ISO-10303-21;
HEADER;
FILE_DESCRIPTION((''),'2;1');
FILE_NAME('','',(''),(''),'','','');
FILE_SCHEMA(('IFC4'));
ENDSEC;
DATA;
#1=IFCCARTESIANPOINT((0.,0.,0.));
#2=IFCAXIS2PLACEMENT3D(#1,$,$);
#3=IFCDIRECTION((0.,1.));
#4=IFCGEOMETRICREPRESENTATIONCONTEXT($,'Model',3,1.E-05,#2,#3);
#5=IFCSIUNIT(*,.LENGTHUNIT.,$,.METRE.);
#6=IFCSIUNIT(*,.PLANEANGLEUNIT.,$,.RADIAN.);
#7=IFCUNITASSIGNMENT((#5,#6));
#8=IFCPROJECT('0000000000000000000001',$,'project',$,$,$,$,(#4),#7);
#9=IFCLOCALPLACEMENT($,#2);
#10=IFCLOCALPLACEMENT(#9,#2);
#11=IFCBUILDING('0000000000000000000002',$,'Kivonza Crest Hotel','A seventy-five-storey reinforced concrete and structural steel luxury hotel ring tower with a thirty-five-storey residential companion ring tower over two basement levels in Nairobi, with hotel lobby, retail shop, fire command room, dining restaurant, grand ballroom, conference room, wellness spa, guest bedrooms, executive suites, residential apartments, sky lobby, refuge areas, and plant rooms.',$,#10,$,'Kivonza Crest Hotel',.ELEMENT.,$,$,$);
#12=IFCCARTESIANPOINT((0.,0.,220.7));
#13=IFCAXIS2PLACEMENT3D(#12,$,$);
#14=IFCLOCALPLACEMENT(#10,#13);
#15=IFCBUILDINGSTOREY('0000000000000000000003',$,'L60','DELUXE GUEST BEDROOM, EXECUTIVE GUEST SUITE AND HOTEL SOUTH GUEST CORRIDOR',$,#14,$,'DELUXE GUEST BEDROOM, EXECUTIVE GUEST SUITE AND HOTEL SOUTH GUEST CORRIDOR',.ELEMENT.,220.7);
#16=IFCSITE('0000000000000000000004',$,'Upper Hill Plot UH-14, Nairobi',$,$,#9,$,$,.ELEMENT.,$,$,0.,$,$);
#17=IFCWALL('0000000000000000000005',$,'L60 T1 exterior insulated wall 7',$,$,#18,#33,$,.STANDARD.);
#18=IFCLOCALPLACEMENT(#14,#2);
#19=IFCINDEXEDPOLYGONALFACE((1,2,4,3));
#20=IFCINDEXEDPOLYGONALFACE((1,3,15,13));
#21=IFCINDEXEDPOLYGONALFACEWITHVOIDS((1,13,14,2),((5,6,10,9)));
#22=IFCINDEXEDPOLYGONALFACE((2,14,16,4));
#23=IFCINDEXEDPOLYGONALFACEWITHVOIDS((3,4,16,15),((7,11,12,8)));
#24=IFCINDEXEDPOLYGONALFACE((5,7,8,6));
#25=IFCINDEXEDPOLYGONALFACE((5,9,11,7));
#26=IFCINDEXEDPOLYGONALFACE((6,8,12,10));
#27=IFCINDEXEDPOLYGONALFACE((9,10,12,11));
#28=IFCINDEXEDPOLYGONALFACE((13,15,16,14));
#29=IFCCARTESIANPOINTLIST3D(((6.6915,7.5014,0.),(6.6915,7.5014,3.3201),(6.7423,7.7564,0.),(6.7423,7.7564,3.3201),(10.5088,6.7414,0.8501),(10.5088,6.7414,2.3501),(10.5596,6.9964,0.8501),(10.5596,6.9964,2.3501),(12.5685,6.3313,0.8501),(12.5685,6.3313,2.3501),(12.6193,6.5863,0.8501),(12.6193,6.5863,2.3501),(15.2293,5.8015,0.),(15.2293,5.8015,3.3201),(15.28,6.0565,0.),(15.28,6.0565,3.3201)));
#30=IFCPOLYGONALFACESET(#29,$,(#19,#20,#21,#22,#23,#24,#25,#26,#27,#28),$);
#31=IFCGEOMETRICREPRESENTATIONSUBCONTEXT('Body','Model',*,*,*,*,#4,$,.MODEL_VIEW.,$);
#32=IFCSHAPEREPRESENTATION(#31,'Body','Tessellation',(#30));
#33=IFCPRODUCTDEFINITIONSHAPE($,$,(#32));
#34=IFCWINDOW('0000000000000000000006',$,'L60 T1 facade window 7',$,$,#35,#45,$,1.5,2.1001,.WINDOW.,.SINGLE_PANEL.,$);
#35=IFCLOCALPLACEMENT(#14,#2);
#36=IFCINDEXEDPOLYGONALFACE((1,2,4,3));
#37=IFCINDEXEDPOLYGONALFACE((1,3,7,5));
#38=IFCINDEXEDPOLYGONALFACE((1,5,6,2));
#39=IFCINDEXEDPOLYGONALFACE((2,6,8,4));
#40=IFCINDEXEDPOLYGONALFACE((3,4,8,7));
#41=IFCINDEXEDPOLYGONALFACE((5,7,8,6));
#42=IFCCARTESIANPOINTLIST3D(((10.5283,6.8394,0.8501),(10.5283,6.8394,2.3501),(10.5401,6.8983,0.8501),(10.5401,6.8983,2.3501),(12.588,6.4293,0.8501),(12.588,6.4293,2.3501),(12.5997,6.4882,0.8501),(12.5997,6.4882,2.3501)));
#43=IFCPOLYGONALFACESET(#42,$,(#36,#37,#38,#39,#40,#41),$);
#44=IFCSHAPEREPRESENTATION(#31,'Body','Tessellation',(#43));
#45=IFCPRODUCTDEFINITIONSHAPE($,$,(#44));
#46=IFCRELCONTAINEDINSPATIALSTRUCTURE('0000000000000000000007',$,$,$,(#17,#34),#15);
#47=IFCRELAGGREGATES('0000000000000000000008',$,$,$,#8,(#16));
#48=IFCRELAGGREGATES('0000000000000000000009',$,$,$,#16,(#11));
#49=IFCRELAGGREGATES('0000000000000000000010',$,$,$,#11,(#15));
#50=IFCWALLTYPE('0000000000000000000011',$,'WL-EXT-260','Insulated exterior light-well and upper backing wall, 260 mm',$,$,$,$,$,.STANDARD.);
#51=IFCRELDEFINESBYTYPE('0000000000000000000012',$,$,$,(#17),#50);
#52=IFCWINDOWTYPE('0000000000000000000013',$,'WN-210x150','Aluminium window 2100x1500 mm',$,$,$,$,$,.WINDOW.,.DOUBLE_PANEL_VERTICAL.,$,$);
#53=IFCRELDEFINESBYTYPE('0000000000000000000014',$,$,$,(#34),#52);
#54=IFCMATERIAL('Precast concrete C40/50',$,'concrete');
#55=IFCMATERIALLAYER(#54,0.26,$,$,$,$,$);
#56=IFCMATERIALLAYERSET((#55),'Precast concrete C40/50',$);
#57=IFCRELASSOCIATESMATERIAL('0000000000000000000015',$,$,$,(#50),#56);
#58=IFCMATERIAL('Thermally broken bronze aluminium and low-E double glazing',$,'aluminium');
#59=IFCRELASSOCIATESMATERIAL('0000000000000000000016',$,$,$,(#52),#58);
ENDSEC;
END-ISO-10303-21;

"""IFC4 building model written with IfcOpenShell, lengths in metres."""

from ifc_helpers import new_model, si_unit, direction, frame, frame_2d, origin, place, context, subcontext, project, spatial, rectangle, extrude, material, layer, layer_set, type_object, element, fill, save


model = new_model("IFC4")

# Units and contexts
model_context = context("Model", 3, precision=1e-05, world=origin(), true_north=direction((0.0, 1.0)))
body_context = subcontext(model_context, "Body", "Model", "MODEL_VIEW")
ifc_project = project(units=[si_unit("LENGTHUNIT", "METRE"), si_unit("PLANEANGLEUNIT", "RADIAN")], contexts=[model_context])

# Site, building, storey
site_placement = place(None, origin())
site = spatial("IfcSite", under=ifc_project, at=site_placement, Name="Upper Hill Plot UH-14, Nairobi", CompositionType="ELEMENT", RefElevation=0.0)
building_placement = place(site_placement, origin())
building = spatial("IfcBuilding", under=site, at=building_placement, Name="Kivonza Crest Hotel", Description="A seventy-five-storey reinforced concrete and structural steel luxury hotel ring tower with a thirty-five-storey residential companion ring tower over two basement levels in Nairobi, with hotel lobby, retail shop, fire command room, dining restaurant, grand ballroom, conference room, wellness spa, guest bedrooms, executive suites, residential apartments, sky lobby, refuge areas, and plant rooms.", LongName="Kivonza Crest Hotel", CompositionType="ELEMENT")
storey_placement = place(building_placement, frame((0.0, 0.0, 220.7)))
storey = spatial("IfcBuildingStorey", under=building, at=storey_placement, Name="L60", Description="DELUXE GUEST BEDROOM, EXECUTIVE GUEST SUITE AND HOTEL SOUTH GUEST CORRIDOR", LongName="DELUXE GUEST BEDROOM, EXECUTIVE GUEST SUITE AND HOTEL SOUTH GUEST CORRIDOR", CompositionType="ELEMENT", Elevation=220.7)

# Wall, opening, window
ifc_material_1 = material(Name="Precast concrete C40/50", Category="concrete")
ifc_layer_1 = layer(ifc_material_1, 0.26)
ifc_layer_set_1 = layer_set([ifc_layer_1], Name="Precast concrete C40/50")
wall_type_1 = type_object("IfcWallType", Name="WL-EXT-260", Description="Insulated exterior light-well and upper backing wall, 260 mm", PredefinedType="STANDARD", material=ifc_layer_set_1)
ifc_material_2 = material(Name="Thermally broken bronze aluminium and low-E double glazing", Category="aluminium")
wall_1_placement = place(storey_placement, frame((6.717, 7.6289, 0.0), z_axis=(0.0, 0.0, 1.0), x_axis=(0.980749, -0.195275, 0.0)))
wall_1 = element("IfcWall", 1, at=wall_1_placement, inside=storey, type_object=wall_type_1, Name="L60 T1 exterior insulated wall 7", PredefinedType="STANDARD", context=body_context, shape_type="SweptSolid", body=[
    extrude(rectangle(XDim=8.7053, YDim=0.26, at=frame_2d((4.3525, 0.0))), origin(), (0.0, 0.0, 1.0), 3.3201),
])
opening_1_placement = place(wall_1_placement, frame((3.8921, 0.0, 0.8501)))
opening_1 = element("IfcOpeningElement", 2, at=opening_1_placement, cuts=wall_1, PredefinedType="OPENING", context=body_context, shape_type="SweptSolid", body=[
    extrude(rectangle(XDim=2.1001, YDim=1.5, at=frame_2d((1.05, 0.75))), frame((0.0, 0.1401, 0.0), z_axis=(0.0, -1.0, 0.0), x_axis=(1.0, 0.0, 0.0)), (0.0, 0.0, 1.0), 0.28),
])
window_type_1 = type_object("IfcWindowType", Name="WN-210x150", Description="Aluminium window 2100x1500 mm", PartitioningType="DOUBLE_PANEL_VERTICAL", PredefinedType="WINDOW", material=ifc_material_2)
window_1_placement = place(opening_1_placement, origin())
window_1 = element("IfcWindow", 3, at=window_1_placement, inside=storey, type_object=window_type_1, Name="L60 T1 facade window 7", OverallHeight=1.5, OverallWidth=2.1001, PartitioningType="SINGLE_PANEL", PredefinedType="WINDOW", context=body_context, shape_type="SweptSolid", body=[
    extrude(rectangle(XDim=2.1001, YDim=1.5, at=frame_2d((1.05, 0.75))), frame((0.0, 0.03, 0.0), z_axis=(0.0, -1.0, 0.0), x_axis=(1.0, 0.0, 0.0)), (0.0, 0.0, 1.0), 0.0601),
])
fill(opening_1, window_1)

save(model, "model.ifc")
